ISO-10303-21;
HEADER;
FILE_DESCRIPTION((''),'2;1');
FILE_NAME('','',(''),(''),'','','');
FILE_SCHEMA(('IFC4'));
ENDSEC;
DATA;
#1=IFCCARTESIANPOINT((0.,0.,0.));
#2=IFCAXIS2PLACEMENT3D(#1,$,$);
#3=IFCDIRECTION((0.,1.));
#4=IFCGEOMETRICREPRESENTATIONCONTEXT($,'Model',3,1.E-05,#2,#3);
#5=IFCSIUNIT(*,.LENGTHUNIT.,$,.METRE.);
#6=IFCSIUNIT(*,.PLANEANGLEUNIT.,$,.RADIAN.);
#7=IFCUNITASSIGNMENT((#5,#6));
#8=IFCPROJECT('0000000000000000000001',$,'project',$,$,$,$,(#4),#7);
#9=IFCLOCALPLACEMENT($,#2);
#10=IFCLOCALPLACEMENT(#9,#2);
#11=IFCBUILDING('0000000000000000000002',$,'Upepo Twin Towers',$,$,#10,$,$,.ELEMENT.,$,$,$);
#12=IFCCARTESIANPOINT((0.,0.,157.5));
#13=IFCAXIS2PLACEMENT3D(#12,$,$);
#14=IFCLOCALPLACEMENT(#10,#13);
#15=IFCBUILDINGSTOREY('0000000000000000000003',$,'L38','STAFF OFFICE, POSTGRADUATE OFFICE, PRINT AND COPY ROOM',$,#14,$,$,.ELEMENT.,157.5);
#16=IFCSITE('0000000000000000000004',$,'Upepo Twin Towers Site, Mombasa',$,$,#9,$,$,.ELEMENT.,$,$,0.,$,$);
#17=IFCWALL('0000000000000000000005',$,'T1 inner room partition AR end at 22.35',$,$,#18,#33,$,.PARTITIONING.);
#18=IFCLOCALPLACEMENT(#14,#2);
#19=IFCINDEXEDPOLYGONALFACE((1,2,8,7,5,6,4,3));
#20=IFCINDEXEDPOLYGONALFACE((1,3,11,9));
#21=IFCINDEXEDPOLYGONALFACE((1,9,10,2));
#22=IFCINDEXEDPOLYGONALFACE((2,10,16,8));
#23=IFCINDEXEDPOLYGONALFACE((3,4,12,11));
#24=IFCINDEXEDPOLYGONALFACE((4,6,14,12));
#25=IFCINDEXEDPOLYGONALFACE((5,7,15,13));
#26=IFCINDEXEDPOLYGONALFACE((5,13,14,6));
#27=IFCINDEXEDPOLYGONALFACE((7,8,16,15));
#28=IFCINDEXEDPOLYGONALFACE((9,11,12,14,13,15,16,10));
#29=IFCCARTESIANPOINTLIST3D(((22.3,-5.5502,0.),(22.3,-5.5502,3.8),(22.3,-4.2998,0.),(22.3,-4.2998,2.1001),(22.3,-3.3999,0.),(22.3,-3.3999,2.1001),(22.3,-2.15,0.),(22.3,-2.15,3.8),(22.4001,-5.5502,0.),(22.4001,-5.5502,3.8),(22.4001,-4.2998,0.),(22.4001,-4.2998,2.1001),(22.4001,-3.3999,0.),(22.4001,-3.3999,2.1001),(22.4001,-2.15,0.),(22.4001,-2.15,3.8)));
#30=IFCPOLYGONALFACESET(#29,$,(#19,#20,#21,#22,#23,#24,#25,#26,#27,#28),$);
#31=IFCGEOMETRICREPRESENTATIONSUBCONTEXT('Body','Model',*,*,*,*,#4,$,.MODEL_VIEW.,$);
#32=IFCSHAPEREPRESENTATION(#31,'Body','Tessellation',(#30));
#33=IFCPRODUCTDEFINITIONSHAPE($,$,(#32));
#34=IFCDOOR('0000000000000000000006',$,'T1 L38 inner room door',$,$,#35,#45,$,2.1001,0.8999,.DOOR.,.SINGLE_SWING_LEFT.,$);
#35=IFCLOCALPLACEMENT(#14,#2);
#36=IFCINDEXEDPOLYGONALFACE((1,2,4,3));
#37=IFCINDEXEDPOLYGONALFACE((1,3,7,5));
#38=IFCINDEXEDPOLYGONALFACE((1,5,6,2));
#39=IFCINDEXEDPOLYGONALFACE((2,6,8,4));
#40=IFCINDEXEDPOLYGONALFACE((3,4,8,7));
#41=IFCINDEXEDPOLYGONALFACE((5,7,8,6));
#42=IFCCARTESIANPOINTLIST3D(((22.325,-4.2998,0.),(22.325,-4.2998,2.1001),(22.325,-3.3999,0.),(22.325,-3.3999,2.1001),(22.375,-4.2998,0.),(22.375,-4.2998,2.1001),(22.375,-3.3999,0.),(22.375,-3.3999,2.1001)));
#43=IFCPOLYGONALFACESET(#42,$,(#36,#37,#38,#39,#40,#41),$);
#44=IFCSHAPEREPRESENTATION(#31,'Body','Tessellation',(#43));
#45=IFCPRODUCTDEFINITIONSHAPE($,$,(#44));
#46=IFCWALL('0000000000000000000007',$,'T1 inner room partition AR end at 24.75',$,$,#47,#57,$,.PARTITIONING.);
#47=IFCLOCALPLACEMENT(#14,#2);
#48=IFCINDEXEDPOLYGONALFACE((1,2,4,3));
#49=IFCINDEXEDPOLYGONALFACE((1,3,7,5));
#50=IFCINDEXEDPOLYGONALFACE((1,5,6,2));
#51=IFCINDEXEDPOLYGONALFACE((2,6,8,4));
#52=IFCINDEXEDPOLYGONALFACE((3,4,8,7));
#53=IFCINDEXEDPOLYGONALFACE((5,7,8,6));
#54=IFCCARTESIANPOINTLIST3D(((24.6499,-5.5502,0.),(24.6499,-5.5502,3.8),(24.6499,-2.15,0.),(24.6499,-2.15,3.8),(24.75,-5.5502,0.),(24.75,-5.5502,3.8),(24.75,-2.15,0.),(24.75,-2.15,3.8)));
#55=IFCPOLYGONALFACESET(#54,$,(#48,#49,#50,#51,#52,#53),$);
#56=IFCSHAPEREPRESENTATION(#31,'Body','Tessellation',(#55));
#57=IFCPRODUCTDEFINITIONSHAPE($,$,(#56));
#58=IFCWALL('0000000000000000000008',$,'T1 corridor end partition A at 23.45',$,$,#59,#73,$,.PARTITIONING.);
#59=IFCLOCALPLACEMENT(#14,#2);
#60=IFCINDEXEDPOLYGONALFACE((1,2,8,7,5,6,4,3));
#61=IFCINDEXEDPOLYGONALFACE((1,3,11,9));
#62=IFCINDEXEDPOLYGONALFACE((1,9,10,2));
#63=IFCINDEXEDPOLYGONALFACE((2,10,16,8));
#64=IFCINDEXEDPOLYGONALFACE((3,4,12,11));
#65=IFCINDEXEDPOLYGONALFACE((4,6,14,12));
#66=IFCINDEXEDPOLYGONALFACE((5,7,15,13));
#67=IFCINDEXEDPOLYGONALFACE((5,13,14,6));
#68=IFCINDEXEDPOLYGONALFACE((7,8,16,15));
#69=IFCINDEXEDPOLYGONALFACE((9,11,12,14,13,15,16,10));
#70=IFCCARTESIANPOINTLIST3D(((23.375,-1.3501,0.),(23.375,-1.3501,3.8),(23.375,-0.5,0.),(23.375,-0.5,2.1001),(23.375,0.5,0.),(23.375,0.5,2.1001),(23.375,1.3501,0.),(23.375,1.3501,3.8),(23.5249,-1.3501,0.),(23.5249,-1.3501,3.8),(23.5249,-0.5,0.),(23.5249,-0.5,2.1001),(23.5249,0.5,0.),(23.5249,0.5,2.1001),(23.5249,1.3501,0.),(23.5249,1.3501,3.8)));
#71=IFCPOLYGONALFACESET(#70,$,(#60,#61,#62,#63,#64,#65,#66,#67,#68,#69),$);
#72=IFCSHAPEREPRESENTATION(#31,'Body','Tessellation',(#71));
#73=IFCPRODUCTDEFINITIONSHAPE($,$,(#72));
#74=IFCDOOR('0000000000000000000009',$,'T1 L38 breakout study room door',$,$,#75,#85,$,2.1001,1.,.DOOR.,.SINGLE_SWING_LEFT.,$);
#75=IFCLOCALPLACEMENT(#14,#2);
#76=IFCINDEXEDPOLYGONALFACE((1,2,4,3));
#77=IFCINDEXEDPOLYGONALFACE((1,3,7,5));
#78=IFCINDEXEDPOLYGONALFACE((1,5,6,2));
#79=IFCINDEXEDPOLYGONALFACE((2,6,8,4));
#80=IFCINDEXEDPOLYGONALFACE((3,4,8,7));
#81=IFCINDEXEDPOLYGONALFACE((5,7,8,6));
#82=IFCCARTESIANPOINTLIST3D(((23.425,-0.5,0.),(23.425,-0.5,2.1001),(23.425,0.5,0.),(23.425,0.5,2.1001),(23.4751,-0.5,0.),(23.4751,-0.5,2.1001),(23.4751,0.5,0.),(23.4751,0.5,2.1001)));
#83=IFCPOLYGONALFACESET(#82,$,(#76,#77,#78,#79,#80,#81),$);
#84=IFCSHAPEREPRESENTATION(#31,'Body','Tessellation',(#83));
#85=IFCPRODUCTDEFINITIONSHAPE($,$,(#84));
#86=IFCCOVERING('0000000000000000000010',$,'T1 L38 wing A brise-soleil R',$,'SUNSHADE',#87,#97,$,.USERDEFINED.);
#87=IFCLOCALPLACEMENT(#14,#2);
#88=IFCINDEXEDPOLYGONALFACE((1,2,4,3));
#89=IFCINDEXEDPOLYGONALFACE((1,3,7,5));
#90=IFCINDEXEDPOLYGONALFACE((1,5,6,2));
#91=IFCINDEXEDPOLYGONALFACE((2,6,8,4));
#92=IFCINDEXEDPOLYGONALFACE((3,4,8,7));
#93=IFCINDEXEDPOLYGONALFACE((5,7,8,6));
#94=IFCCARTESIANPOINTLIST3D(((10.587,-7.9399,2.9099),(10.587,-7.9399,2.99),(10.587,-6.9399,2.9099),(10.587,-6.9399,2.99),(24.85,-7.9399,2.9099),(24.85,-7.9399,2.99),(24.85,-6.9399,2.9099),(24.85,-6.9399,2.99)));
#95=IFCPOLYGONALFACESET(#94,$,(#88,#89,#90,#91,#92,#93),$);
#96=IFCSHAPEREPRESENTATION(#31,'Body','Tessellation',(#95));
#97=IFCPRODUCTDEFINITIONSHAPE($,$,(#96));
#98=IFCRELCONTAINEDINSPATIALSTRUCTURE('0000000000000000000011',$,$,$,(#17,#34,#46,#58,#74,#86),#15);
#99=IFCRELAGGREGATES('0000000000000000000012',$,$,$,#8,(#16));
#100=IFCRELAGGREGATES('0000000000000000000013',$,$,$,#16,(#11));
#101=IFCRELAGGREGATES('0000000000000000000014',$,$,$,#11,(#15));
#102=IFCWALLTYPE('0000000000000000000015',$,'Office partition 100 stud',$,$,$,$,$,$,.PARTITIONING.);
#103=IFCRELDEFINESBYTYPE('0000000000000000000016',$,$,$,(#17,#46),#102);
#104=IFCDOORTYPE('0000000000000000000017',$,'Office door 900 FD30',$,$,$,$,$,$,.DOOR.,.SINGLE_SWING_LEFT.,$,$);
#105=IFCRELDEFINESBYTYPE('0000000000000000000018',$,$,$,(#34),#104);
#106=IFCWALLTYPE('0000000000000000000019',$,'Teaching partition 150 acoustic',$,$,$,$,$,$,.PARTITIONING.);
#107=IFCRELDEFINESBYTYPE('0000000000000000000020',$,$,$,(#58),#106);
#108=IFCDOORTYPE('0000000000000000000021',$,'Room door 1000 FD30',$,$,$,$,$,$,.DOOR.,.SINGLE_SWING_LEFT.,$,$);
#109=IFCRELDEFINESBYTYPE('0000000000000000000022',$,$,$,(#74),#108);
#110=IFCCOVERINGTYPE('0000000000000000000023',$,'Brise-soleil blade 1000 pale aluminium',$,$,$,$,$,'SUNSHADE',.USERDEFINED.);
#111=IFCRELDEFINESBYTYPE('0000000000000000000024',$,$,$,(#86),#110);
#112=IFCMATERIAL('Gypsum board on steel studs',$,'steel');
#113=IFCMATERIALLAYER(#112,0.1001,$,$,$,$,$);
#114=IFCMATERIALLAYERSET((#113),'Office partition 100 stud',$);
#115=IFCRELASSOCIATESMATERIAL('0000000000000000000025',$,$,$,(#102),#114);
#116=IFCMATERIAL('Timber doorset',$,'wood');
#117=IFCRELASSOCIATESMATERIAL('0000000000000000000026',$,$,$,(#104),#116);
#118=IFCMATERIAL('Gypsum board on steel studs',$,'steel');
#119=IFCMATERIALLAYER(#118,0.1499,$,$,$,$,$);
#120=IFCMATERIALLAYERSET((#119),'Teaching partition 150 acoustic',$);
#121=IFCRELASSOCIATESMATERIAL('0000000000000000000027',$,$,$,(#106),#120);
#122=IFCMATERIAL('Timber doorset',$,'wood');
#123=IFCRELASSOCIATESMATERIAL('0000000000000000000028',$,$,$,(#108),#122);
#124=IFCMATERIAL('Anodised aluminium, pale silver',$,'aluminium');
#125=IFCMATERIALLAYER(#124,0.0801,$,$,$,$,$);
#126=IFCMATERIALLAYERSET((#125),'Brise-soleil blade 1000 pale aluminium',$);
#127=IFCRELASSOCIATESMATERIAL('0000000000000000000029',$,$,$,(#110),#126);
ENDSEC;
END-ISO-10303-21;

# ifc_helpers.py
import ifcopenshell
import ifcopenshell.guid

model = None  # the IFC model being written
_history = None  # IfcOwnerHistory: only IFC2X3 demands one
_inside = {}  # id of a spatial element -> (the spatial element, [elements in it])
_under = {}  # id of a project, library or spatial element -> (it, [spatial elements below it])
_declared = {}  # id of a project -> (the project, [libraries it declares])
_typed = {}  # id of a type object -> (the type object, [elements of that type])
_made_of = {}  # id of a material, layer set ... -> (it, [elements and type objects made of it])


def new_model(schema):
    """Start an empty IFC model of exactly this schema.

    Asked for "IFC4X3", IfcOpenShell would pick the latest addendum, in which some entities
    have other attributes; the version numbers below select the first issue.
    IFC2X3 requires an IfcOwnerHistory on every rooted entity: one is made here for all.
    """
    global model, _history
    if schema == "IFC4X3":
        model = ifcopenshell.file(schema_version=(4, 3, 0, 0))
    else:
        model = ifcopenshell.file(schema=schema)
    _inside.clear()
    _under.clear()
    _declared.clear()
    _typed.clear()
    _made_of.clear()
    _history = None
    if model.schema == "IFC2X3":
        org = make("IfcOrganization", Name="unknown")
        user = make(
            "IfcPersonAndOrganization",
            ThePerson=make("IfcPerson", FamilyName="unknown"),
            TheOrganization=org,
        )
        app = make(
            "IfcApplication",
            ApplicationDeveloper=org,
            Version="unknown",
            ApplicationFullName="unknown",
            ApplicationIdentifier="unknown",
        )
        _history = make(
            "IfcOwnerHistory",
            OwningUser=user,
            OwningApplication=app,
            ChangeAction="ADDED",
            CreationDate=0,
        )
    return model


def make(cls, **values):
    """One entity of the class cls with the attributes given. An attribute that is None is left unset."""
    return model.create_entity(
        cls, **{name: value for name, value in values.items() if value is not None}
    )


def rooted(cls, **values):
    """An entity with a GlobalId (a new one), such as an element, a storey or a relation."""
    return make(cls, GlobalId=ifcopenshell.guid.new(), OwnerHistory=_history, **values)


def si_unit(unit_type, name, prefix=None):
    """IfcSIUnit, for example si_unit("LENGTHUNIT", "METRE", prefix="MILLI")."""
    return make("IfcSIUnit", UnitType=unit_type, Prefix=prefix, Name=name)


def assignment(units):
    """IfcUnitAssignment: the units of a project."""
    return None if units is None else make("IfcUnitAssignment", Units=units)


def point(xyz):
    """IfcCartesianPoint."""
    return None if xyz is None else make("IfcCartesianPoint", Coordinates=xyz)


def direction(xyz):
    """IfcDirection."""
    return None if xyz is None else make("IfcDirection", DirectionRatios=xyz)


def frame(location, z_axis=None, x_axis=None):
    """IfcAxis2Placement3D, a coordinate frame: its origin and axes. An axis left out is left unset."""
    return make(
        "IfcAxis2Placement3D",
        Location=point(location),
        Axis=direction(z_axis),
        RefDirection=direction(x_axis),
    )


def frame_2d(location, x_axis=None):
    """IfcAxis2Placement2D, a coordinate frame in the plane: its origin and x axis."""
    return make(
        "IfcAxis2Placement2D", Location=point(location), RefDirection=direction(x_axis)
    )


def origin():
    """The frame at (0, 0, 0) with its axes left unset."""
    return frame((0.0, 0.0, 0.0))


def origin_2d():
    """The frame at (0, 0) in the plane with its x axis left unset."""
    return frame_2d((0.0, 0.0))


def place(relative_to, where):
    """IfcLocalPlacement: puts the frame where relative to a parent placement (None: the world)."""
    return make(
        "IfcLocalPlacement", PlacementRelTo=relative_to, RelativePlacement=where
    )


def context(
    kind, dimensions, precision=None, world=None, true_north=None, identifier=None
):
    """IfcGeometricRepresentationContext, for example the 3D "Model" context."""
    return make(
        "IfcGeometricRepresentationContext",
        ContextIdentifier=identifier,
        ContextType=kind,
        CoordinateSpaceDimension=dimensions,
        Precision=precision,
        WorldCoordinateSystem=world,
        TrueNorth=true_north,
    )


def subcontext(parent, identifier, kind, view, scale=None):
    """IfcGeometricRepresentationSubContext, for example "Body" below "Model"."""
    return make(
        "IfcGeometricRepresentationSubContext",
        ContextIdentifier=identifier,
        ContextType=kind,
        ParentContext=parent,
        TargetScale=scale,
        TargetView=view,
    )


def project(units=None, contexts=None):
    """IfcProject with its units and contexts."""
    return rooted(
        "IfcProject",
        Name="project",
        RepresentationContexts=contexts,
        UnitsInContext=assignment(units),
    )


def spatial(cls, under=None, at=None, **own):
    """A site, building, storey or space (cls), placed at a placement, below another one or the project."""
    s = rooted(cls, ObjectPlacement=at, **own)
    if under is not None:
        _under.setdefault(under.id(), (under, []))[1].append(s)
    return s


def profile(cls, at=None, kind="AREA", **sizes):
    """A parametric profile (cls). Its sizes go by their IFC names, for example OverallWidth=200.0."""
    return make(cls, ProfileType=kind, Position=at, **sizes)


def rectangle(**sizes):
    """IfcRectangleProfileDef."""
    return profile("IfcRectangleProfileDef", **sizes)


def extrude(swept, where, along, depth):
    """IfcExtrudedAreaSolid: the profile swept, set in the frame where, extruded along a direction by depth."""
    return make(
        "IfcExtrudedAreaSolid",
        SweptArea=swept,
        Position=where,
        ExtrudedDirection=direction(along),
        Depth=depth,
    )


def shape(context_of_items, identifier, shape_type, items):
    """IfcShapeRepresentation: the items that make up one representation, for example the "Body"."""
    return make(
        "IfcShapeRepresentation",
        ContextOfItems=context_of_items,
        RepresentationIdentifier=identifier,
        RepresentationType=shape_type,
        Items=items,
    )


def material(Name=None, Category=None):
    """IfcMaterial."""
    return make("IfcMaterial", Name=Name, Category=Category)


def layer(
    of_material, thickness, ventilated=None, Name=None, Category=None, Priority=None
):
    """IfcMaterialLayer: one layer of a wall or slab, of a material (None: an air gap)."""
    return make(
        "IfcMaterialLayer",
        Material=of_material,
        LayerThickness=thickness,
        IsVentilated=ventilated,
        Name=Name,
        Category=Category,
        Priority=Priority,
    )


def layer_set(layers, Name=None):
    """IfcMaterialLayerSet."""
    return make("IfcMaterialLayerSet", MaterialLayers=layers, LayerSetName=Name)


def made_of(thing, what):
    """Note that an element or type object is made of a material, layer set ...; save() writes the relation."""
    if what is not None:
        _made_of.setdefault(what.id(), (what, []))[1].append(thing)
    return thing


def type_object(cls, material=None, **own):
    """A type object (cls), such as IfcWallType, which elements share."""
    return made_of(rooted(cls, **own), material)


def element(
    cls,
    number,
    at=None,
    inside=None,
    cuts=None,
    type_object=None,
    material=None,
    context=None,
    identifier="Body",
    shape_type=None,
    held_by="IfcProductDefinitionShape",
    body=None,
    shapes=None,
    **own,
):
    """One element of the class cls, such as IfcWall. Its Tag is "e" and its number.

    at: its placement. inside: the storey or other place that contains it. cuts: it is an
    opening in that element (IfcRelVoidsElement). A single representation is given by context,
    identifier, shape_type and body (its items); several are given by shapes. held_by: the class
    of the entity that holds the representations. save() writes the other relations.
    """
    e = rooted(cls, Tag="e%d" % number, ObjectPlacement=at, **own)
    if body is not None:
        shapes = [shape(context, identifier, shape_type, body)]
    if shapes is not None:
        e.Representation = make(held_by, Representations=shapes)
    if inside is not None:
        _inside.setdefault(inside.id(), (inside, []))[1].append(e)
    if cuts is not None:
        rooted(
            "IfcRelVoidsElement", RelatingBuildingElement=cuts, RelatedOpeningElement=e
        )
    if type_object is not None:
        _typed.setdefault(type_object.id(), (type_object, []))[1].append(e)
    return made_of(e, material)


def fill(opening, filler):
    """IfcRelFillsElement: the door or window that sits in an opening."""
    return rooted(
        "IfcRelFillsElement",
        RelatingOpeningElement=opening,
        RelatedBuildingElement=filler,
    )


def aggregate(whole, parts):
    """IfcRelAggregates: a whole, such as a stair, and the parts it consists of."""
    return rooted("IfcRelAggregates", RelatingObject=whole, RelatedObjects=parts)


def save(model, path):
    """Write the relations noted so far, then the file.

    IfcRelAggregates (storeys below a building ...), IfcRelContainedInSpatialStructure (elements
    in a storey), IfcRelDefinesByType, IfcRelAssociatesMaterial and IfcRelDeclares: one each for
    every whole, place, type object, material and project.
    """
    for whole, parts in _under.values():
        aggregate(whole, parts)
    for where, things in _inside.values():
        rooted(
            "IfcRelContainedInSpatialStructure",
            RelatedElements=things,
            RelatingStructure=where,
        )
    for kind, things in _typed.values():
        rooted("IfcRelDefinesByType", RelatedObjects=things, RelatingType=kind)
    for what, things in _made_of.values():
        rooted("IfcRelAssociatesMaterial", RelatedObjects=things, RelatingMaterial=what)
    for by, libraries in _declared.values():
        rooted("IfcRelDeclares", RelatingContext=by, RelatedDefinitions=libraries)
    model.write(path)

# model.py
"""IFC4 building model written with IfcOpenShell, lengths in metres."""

from ifc_helpers import new_model, si_unit, direction, frame, frame_2d, origin, origin_2d, place, context, subcontext, project, spatial, rectangle, extrude, material, layer, layer_set, type_object, element, fill, save


model = new_model("IFC4")

# Units and contexts
model_context = context("Model", 3, precision=1e-05, world=origin(), true_north=direction((0.0, 1.0)))
body_context = subcontext(model_context, "Body", "Model", "MODEL_VIEW")
ifc_project = project(units=[si_unit("LENGTHUNIT", "METRE"), si_unit("PLANEANGLEUNIT", "RADIAN")], contexts=[model_context])

# Site, building, storey
site_placement = place(None, origin())
site = spatial("IfcSite", under=ifc_project, at=site_placement, Name="Upepo Twin Towers Site, Mombasa", CompositionType="ELEMENT", RefElevation=0.0)
building_placement = place(site_placement, origin())
building = spatial("IfcBuilding", under=site, at=building_placement, Name="Upepo Twin Towers", CompositionType="ELEMENT")
storey_placement = place(building_placement, frame((0.0, 0.0, 157.5)))
storey = spatial("IfcBuildingStorey", under=building, at=storey_placement, Name="L38", Description="STAFF OFFICE, POSTGRADUATE OFFICE, PRINT AND COPY ROOM", CompositionType="ELEMENT", Elevation=157.5)

# Shared definitions
ifc_material_1 = material(Name="Gypsum board on steel studs", Category="steel")
ifc_layer_1 = layer(ifc_material_1, 0.1001)
ifc_layer_set_1 = layer_set([ifc_layer_1], Name="Office partition 100 stud")
wall_type_1 = type_object("IfcWallType", Name="Office partition 100 stud", PredefinedType="PARTITIONING", material=ifc_layer_set_1)

# Shared definitions
ifc_material_2 = material(Name="Timber doorset", Category="wood")
door_type_1 = type_object("IfcDoorType", Name="Office door 900 FD30", OperationType="SINGLE_SWING_LEFT", PredefinedType="DOOR", material=ifc_material_2)

# Wall, opening, door
wall_1_placement = place(storey_placement, frame((22.3501, -2.1499, 0.0), z_axis=(0.0, 0.0, 1.0), x_axis=(0.0, -1.0, 0.0)))
wall_1 = element("IfcWall", 1, at=wall_1_placement, inside=storey, type_object=wall_type_1, Name="T1 inner room partition AR end at 22.35", PredefinedType="PARTITIONING", context=body_context, shape_type="SweptSolid", body=[
    extrude(rectangle(XDim=3.4001, YDim=0.1001, at=frame_2d((1.7002, 0.0))), origin(), (0.0, 0.0, 1.0), 3.8),
])
opening_1_placement = place(wall_1_placement, frame((1.25, 0.0, 0.0)))
opening_1 = element("IfcOpeningElement", 2, at=opening_1_placement, cuts=wall_1, PredefinedType="OPENING", context=body_context, shape_type="SweptSolid", body=[
    extrude(rectangle(XDim=0.8999, YDim=2.1001, at=frame_2d((0.45, 1.05))), frame((0.0, 0.0601, 0.0), z_axis=(0.0, -1.0, 0.0), x_axis=(1.0, 0.0, 0.0)), (0.0, 0.0, 1.0), 0.1201),
])
door_1_placement = place(opening_1_placement, origin())
door_1 = element("IfcDoor", 3, at=door_1_placement, inside=storey, type_object=door_type_1, Name="T1 L38 inner room door", OperationType="SINGLE_SWING_LEFT", OverallHeight=2.1001, OverallWidth=0.8999, PredefinedType="DOOR", context=body_context, shape_type="SweptSolid", body=[
    extrude(rectangle(XDim=0.8999, YDim=2.1001, at=frame_2d((0.45, 1.05))), frame((0.0, 0.0249, 0.0), z_axis=(0.0, -1.0, 0.0), x_axis=(1.0, 0.0, 0.0)), (0.0, 0.0, 1.0), 0.05),
])
fill(opening_1, door_1)

# Wall
wall_2_placement = place(storey_placement, frame((24.7, -2.1499, 0.0), z_axis=(0.0, 0.0, 1.0), x_axis=(0.0, -1.0, 0.0)))
element("IfcWall", 4, at=wall_2_placement, inside=storey, type_object=wall_type_1, Name="T1 inner room partition AR end at 24.75", PredefinedType="PARTITIONING", context=body_context, shape_type="SweptSolid", body=[
    extrude(rectangle(XDim=3.4001, YDim=0.1001, at=frame_2d((1.7002, 0.0))), origin(), (0.0, 0.0, 1.0), 3.8),
])

# Wall, opening, door
ifc_material_3 = material(Name="Gypsum board on steel studs", Category="steel")
ifc_layer_2 = layer(ifc_material_3, 0.1499)
ifc_layer_set_2 = layer_set([ifc_layer_2], Name="Teaching partition 150 acoustic")
wall_type_2 = type_object("IfcWallType", Name="Teaching partition 150 acoustic", PredefinedType="PARTITIONING", material=ifc_layer_set_2)
wall_3_placement = place(storey_placement, frame((23.45, -1.3501, 0.0), z_axis=(0.0, 0.0, 1.0), x_axis=(0.0, 1.0, 0.0)))
wall_3 = element("IfcWall", 5, at=wall_3_placement, inside=storey, type_object=wall_type_2, Name="T1 corridor end partition A at 23.45", PredefinedType="PARTITIONING", context=body_context, shape_type="SweptSolid", body=[
    extrude(rectangle(XDim=2.7002, YDim=0.1499, at=frame_2d((1.3501, 0.0))), origin(), (0.0, 0.0, 1.0), 3.8),
])
opening_2_placement = place(wall_3_placement, frame((0.8501, 0.0, 0.0)))
opening_2 = element("IfcOpeningElement", 6, at=opening_2_placement, cuts=wall_3, PredefinedType="OPENING", context=body_context, shape_type="SweptSolid", body=[
    extrude(rectangle(XDim=1.0, YDim=2.1001, at=frame_2d((0.5, 1.05))), frame((0.0, 0.085, 0.0), z_axis=(0.0, -1.0, 0.0), x_axis=(1.0, 0.0, 0.0)), (0.0, 0.0, 1.0), 0.1699),
])
ifc_material_4 = material(Name="Timber doorset", Category="wood")
door_type_2 = type_object("IfcDoorType", Name="Room door 1000 FD30", OperationType="SINGLE_SWING_LEFT", PredefinedType="DOOR", material=ifc_material_4)
door_2_placement = place(opening_2_placement, origin())
door_2 = element("IfcDoor", 7, at=door_2_placement, inside=storey, type_object=door_type_2, Name="T1 L38 breakout study room door", OperationType="SINGLE_SWING_LEFT", OverallHeight=2.1001, OverallWidth=1.0, PredefinedType="DOOR", context=body_context, shape_type="SweptSolid", body=[
    extrude(rectangle(XDim=1.0, YDim=2.1001, at=frame_2d((0.5, 1.05))), frame((0.0, 0.0249, 0.0), z_axis=(0.0, -1.0, 0.0), x_axis=(1.0, 0.0, 0.0)), (0.0, 0.0, 1.0), 0.05),
])
fill(opening_2, door_2)

# Covering
ifc_material_5 = material(Name="Anodised aluminium, pale silver", Category="aluminium")
ifc_layer_3 = layer(ifc_material_5, 0.0801)
ifc_layer_set_3 = layer_set([ifc_layer_3], Name="Brise-soleil blade 1000 pale aluminium")
covering_type = type_object("IfcCoveringType", Name="Brise-soleil blade 1000 pale aluminium", ElementType="SUNSHADE", PredefinedType="USERDEFINED", material=ifc_layer_set_3)
covering_placement = place(storey_placement, frame((17.7185, -7.4399, 2.9099), z_axis=(0.0, 0.0, 1.0), x_axis=(1.0, 0.0, 0.0)))
element("IfcCovering", 8, at=covering_placement, inside=storey, type_object=covering_type, Name="T1 L38 wing A brise-soleil R", ObjectType="SUNSHADE", PredefinedType="USERDEFINED", context=body_context, shape_type="SweptSolid", body=[
    extrude(rectangle(XDim=14.2629, YDim=1.0, at=origin_2d()), origin(), (0.0, 0.0, 1.0), 0.0801),
])

save(model, "model.ifc")
